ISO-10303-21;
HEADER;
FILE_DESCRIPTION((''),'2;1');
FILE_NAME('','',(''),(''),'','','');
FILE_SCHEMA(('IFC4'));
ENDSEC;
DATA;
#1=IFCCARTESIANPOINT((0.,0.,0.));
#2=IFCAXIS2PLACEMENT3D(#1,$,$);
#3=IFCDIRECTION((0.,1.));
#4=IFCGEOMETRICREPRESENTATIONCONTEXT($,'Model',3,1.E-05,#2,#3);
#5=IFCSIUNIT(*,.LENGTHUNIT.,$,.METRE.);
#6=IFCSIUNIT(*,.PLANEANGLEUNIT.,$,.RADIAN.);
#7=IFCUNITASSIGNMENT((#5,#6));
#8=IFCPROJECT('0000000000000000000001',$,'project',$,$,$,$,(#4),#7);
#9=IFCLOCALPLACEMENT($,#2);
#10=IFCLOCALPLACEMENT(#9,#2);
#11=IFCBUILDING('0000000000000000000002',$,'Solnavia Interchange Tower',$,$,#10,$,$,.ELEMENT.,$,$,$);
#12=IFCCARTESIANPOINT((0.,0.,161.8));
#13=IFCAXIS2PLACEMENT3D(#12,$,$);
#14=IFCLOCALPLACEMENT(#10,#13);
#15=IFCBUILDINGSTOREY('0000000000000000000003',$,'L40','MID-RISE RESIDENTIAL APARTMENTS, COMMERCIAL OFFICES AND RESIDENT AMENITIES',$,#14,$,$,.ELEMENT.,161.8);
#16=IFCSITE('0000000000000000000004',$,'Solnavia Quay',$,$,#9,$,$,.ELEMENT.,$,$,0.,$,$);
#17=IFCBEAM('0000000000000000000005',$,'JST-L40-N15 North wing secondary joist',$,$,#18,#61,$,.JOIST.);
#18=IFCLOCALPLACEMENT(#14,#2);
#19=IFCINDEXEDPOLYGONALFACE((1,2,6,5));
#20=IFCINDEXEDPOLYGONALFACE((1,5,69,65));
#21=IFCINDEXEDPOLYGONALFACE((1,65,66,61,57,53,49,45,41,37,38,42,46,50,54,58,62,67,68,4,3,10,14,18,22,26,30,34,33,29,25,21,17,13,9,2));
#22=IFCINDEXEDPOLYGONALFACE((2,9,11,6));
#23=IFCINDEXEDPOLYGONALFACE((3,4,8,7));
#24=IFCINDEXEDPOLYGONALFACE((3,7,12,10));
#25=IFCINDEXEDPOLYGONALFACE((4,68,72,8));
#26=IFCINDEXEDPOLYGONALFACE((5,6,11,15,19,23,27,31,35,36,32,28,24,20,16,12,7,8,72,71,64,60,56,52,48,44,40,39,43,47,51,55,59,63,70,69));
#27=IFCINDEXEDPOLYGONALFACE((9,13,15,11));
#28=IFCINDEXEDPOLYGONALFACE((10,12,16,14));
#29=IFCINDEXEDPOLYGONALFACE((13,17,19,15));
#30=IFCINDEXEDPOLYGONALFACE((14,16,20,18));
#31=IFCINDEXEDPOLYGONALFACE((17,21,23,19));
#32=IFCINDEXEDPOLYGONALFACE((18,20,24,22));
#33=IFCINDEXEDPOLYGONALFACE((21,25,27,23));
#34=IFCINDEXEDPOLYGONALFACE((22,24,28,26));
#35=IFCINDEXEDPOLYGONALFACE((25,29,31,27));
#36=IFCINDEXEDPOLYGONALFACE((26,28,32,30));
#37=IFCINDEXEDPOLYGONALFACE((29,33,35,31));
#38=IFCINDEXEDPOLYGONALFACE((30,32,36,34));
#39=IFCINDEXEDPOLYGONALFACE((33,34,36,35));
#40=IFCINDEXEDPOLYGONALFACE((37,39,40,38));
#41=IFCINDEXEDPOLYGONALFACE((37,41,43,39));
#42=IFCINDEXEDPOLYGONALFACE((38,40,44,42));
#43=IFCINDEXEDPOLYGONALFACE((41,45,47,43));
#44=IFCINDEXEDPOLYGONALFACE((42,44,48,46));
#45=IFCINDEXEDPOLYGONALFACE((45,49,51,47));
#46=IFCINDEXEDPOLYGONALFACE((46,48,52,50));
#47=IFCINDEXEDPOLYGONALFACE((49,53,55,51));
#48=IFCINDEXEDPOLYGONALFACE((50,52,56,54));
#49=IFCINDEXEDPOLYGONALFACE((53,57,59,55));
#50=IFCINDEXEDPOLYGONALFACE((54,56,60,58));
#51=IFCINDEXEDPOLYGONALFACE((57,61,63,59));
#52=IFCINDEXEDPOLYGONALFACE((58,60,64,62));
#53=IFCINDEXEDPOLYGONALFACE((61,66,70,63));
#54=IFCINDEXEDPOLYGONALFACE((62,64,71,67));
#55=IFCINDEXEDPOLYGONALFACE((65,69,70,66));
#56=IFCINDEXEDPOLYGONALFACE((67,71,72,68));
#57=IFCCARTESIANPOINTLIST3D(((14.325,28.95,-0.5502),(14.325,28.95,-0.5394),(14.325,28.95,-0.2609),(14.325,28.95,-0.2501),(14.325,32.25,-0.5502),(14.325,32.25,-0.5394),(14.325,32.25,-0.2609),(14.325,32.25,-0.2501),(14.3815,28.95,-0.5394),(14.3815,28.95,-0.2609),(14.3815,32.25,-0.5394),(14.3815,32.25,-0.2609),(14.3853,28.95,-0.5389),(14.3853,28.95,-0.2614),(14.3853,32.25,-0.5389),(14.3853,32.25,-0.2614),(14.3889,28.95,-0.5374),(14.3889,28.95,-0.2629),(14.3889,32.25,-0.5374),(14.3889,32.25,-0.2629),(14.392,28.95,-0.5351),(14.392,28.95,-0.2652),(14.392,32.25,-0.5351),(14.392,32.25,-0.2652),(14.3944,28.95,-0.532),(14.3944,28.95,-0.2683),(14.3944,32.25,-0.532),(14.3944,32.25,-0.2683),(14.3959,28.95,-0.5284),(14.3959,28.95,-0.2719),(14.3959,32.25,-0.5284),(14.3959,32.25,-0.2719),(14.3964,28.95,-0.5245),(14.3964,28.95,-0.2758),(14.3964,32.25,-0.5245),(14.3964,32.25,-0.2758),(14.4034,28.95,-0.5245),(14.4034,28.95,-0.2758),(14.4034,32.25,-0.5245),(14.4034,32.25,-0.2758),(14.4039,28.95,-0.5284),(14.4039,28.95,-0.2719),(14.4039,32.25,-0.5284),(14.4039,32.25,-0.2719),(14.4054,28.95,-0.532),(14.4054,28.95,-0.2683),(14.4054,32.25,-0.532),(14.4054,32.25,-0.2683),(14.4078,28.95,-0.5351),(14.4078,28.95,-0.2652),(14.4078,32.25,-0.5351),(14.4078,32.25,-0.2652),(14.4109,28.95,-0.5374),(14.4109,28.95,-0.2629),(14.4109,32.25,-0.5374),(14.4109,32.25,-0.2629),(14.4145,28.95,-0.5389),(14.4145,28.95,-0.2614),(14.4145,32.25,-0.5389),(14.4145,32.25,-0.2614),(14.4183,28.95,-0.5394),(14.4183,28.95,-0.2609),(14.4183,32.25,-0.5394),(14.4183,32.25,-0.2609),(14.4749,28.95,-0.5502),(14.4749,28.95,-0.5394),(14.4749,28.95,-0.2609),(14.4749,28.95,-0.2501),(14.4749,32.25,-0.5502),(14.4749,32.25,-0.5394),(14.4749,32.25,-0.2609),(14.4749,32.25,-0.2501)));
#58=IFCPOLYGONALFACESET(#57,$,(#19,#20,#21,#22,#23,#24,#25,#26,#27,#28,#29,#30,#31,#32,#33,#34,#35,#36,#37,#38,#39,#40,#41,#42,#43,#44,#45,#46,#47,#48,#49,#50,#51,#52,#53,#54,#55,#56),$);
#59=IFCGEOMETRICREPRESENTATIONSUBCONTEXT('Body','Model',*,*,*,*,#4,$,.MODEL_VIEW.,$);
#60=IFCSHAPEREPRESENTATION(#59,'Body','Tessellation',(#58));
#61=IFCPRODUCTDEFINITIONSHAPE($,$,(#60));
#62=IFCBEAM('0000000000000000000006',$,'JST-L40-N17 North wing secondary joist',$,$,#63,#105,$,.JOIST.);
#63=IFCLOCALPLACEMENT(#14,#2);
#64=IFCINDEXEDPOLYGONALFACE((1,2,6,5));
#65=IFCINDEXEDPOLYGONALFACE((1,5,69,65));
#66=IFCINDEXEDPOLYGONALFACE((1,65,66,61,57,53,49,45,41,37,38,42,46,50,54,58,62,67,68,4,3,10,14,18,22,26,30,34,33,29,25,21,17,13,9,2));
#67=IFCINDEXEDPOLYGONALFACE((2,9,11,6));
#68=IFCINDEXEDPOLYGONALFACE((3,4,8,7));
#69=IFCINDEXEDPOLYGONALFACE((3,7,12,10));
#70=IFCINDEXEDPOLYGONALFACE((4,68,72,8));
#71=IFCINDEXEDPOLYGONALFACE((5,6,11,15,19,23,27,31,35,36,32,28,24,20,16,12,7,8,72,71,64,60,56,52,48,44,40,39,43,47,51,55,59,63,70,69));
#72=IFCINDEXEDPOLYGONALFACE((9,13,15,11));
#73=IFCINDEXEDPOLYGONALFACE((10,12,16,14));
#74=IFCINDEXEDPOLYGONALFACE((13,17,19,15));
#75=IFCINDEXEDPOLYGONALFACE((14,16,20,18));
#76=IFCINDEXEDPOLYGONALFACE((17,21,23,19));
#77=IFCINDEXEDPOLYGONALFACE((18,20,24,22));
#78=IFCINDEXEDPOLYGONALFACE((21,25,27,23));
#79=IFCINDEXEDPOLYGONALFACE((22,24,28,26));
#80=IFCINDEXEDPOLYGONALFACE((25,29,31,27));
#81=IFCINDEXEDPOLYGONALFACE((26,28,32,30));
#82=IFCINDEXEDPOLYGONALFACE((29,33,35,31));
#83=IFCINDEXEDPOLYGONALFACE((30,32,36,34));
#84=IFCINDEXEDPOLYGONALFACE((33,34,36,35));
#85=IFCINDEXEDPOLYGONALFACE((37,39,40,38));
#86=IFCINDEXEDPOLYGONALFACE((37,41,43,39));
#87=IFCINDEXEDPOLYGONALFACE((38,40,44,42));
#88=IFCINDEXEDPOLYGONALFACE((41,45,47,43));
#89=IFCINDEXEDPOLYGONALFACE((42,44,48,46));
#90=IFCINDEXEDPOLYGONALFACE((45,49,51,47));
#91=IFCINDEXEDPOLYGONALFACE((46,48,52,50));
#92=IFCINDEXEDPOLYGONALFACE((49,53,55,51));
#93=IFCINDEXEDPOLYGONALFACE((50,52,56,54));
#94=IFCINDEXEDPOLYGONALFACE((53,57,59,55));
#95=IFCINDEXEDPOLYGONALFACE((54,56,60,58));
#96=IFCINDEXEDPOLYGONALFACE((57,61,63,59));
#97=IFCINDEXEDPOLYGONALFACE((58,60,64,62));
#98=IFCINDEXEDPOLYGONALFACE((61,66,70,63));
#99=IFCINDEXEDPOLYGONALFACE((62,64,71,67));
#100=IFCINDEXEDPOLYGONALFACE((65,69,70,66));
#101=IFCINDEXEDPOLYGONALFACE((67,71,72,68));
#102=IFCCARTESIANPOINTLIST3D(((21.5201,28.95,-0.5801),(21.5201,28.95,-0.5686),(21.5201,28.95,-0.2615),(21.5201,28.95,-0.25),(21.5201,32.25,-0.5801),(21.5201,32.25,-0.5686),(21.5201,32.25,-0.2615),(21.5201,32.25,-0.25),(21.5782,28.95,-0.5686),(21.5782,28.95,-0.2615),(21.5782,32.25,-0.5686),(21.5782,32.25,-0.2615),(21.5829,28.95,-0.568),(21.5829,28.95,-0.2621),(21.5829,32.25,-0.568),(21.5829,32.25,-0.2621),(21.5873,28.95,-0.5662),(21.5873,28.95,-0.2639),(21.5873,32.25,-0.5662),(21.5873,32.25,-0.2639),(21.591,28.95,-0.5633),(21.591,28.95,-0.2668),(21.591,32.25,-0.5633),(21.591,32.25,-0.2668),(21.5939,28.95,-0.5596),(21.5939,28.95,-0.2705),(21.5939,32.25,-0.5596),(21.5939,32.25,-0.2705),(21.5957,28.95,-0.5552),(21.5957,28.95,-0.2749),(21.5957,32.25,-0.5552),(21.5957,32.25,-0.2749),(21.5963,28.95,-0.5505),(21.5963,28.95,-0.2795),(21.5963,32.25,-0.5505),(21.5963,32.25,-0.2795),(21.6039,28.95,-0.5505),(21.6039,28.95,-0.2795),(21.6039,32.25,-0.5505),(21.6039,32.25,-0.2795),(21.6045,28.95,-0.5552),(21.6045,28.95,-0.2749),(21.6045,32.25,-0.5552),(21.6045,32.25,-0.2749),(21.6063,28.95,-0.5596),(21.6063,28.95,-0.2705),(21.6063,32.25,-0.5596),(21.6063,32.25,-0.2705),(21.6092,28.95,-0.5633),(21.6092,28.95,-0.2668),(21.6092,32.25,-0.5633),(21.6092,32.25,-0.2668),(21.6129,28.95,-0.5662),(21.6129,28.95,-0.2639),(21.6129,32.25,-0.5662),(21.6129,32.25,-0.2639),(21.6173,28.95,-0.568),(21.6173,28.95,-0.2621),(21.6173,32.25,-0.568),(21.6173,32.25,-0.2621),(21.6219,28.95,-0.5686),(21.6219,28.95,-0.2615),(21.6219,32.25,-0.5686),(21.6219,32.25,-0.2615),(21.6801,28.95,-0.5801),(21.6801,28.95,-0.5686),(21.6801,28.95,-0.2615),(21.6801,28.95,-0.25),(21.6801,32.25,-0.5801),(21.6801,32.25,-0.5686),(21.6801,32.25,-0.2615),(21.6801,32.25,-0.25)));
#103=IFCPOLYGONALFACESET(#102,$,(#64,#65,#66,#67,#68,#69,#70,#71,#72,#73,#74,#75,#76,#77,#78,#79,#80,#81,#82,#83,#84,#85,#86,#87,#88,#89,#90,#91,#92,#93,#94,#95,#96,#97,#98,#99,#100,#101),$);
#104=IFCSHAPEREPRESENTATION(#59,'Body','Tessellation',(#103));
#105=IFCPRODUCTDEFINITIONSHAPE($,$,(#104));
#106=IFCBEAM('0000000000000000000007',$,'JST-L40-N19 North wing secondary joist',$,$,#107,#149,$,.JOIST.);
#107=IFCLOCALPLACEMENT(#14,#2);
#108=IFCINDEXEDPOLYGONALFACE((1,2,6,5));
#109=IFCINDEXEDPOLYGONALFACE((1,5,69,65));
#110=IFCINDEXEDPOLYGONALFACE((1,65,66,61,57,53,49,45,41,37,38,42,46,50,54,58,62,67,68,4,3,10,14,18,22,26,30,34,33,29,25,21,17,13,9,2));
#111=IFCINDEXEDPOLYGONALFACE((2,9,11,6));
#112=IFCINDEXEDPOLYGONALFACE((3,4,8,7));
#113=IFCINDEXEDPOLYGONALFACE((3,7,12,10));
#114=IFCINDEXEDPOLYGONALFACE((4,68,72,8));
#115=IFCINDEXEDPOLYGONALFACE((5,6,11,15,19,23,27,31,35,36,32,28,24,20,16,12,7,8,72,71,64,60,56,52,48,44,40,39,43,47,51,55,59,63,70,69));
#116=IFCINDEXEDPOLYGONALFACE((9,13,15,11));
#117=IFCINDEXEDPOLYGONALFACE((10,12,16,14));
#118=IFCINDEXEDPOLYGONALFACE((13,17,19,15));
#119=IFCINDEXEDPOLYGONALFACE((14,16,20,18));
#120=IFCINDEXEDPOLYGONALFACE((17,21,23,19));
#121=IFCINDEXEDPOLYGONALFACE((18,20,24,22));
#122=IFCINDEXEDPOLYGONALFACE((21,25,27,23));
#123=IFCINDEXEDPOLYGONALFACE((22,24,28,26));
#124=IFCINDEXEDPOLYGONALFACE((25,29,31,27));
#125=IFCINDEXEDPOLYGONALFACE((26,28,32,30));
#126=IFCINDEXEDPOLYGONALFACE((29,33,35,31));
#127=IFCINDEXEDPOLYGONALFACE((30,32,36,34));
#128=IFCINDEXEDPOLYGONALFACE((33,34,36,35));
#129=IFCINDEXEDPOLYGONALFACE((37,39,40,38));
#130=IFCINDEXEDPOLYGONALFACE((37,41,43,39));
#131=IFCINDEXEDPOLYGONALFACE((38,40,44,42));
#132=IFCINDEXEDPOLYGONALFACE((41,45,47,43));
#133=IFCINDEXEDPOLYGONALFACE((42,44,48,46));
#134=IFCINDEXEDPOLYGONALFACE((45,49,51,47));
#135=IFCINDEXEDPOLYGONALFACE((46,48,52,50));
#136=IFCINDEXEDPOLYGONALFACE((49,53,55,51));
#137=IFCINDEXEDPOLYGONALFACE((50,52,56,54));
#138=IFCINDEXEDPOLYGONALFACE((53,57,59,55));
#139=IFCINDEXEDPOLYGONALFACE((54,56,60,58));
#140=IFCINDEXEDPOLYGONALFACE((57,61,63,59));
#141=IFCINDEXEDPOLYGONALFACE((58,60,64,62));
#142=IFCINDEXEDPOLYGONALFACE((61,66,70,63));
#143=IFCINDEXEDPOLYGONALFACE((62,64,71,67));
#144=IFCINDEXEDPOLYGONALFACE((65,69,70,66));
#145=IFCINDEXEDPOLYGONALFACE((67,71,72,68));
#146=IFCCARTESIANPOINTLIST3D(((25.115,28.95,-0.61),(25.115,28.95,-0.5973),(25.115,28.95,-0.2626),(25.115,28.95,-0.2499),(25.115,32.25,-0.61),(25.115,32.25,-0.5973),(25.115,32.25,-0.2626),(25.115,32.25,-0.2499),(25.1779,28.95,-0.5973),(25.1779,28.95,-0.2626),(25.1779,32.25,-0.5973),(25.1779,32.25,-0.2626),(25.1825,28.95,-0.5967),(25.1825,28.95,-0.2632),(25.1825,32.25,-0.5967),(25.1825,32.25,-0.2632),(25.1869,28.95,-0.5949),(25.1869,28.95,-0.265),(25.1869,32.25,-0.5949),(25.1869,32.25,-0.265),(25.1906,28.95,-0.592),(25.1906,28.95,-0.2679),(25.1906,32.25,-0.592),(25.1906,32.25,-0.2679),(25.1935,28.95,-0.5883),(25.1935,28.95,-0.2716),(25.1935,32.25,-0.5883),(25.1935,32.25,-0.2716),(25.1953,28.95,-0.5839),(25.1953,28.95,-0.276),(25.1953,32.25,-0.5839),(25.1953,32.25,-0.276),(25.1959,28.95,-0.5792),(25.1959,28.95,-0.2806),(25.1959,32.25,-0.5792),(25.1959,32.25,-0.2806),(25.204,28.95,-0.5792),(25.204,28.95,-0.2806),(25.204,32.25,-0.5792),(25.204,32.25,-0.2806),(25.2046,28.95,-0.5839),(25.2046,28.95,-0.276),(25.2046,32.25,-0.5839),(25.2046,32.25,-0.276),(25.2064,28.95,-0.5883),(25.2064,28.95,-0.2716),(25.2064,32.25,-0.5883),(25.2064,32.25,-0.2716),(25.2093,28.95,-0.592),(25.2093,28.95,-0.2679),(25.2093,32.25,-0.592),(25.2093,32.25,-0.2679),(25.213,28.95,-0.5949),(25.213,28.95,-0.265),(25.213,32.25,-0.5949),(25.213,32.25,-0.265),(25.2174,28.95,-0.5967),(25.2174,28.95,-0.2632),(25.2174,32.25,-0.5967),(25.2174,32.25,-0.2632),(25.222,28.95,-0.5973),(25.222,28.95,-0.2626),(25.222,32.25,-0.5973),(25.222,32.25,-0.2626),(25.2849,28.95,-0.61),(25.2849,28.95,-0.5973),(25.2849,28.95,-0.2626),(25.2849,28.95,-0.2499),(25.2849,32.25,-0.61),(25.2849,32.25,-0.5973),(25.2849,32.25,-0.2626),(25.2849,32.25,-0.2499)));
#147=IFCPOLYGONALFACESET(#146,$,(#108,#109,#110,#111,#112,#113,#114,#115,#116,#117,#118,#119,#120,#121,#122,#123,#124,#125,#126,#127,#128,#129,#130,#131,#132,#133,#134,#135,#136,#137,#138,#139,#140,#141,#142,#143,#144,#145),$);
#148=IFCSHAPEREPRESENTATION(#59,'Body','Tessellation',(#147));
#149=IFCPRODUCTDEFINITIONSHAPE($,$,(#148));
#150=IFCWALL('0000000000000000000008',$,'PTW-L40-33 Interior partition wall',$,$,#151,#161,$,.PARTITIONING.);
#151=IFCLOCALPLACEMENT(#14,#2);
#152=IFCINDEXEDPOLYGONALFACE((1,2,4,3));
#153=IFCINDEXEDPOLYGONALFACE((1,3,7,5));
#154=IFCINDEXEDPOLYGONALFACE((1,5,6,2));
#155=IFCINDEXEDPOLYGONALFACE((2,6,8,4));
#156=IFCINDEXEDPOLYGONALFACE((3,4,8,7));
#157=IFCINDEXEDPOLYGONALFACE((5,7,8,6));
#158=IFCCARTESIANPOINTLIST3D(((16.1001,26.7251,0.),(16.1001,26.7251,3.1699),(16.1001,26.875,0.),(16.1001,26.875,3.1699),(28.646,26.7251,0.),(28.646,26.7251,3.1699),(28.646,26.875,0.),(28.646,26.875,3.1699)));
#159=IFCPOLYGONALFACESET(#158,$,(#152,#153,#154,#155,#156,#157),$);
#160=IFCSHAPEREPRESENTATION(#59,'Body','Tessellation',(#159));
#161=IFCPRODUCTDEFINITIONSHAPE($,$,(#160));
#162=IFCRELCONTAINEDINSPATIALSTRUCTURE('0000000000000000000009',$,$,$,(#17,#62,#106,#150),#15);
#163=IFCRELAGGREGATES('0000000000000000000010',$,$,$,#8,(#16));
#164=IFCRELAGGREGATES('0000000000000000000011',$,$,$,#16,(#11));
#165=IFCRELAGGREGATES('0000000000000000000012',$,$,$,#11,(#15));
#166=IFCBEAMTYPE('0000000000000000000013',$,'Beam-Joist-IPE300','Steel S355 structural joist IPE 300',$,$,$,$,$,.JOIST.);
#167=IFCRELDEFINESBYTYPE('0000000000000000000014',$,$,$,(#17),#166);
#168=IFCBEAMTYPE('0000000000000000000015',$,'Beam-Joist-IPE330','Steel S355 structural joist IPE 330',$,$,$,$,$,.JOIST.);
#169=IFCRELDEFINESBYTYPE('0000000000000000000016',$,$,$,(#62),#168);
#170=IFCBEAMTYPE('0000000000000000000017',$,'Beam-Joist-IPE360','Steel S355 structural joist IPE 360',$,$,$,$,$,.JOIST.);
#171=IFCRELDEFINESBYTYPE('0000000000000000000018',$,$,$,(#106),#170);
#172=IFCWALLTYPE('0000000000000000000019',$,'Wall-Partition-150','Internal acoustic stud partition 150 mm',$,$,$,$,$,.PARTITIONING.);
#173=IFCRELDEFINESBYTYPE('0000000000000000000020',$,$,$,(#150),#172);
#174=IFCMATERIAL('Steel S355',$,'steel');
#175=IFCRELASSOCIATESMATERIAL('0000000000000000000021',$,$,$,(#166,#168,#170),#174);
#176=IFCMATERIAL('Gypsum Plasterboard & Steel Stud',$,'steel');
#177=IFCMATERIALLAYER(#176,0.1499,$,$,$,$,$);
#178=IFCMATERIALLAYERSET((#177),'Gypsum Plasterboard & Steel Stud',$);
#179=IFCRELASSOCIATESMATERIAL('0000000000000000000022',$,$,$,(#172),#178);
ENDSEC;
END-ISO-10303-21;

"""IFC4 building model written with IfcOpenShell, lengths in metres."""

from ifc_helpers import new_model, si_unit, direction, frame, frame_2d, origin, origin_2d, place, context, subcontext, project, spatial, rectangle, i_section, extrude, material, layer, layer_set, material_profile, profile_set, type_object, element, save


model = new_model("IFC4")

# Units and contexts
model_context = context("Model", 3, precision=1e-05, world=origin(), true_north=direction((0.0, 1.0)))
body_context = subcontext(model_context, "Body", "Model", "MODEL_VIEW")
ifc_project = project(units=[si_unit("LENGTHUNIT", "METRE"), si_unit("PLANEANGLEUNIT", "RADIAN")], contexts=[model_context])

# Site, building, storey
site_placement = place(None, origin())
site = spatial("IfcSite", under=ifc_project, at=site_placement, Name="Solnavia Quay", CompositionType="ELEMENT", RefElevation=0.0)
building_placement = place(site_placement, origin())
building = spatial("IfcBuilding", under=site, at=building_placement, Name="Solnavia Interchange Tower", CompositionType="ELEMENT")
storey_placement = place(building_placement, frame((0.0, 0.0, 161.8)))
storey = spatial("IfcBuildingStorey", under=building, at=storey_placement, Name="L40", Description="MID-RISE RESIDENTIAL APARTMENTS, COMMERCIAL OFFICES AND RESIDENT AMENITIES", CompositionType="ELEMENT", Elevation=161.8)

# Shared definitions
ifc_material_1 = material(Name="Steel S355", Category="steel")

# Beams
ifc_material_profile_1 = material_profile(ifc_material_1, i_section(OverallWidth=0.1499, OverallDepth=0.3, WebThickness=0.0071, FlangeThickness=0.0107, FilletRadius=0.0149, at=origin_2d()), Name="IPE 300")
ifc_profile_set_1 = profile_set([ifc_material_profile_1], Name="Steel S355")
beam_type_1 = type_object("IfcBeamType", Name="Beam-Joist-IPE300", Description="Steel S355 structural joist IPE 300", PredefinedType="JOIST", material=ifc_profile_set_1)
beam_1_placement = place(storey_placement, frame((14.3999, 28.95, -0.4001), z_axis=(0.0, 1.0, 0.0), x_axis=(-1.0, 0.0, 0.0)))
element("IfcBeam", 1, at=beam_1_placement, inside=storey, type_object=beam_type_1, Name="JST-L40-N15 North wing secondary joist", PredefinedType="JOIST", context=body_context, shape_type="SweptSolid", body=[
    extrude(i_section(OverallWidth=0.1499, OverallDepth=0.3, WebThickness=0.0071, FlangeThickness=0.0107, FilletRadius=0.0149, at=origin_2d()), origin(), (0.0, 0.0, 1.0), 3.3),
])
ifc_material_profile_2 = material_profile(ifc_material_1, i_section(OverallWidth=0.1599, OverallDepth=0.3301, WebThickness=0.0076, FlangeThickness=0.0115, FilletRadius=0.0181, at=origin_2d()), Name="IPE 330")
ifc_profile_set_2 = profile_set([ifc_material_profile_2], Name="Steel S355")
beam_type_2 = type_object("IfcBeamType", Name="Beam-Joist-IPE330", Description="Steel S355 structural joist IPE 330", PredefinedType="JOIST", material=ifc_profile_set_2)
beam_2_placement = place(storey_placement, frame((21.6001, 28.95, -0.415), z_axis=(0.0, 1.0, 0.0), x_axis=(-1.0, 0.0, 0.0)))
element("IfcBeam", 2, at=beam_2_placement, inside=storey, type_object=beam_type_2, Name="JST-L40-N17 North wing secondary joist", PredefinedType="JOIST", context=body_context, shape_type="SweptSolid", body=[
    extrude(i_section(OverallWidth=0.1599, OverallDepth=0.3301, WebThickness=0.0076, FlangeThickness=0.0115, FilletRadius=0.0181, at=origin_2d()), origin(), (0.0, 0.0, 1.0), 3.3),
])
ifc_material_profile_3 = material_profile(ifc_material_1, i_section(OverallWidth=0.1699, OverallDepth=0.3601, WebThickness=0.0081, FlangeThickness=0.0127, FilletRadius=0.0181, at=origin_2d()), Name="IPE 360")
ifc_profile_set_3 = profile_set([ifc_material_profile_3], Name="Steel S355")
beam_type_3 = type_object("IfcBeamType", Name="Beam-Joist-IPE360", Description="Steel S355 structural joist IPE 360", PredefinedType="JOIST", material=ifc_profile_set_3)
beam_3_placement = place(storey_placement, frame((25.2, 28.95, -0.4299), z_axis=(0.0, 1.0, 0.0), x_axis=(-1.0, 0.0, 0.0)))
element("IfcBeam", 3, at=beam_3_placement, inside=storey, type_object=beam_type_3, Name="JST-L40-N19 North wing secondary joist", PredefinedType="JOIST", context=body_context, shape_type="SweptSolid", body=[
    extrude(i_section(OverallWidth=0.1699, OverallDepth=0.3601, WebThickness=0.0081, FlangeThickness=0.0127, FilletRadius=0.0181, at=origin_2d()), origin(), (0.0, 0.0, 1.0), 3.3),
])

# Wall
ifc_material_2 = material(Name="Gypsum Plasterboard & Steel Stud", Category="steel")
ifc_layer_1 = layer(ifc_material_2, 0.1499)
ifc_layer_set_1 = layer_set([ifc_layer_1], Name="Gypsum Plasterboard & Steel Stud")
wall_type_1 = type_object("IfcWallType", Name="Wall-Partition-150", Description="Internal acoustic stud partition 150 mm", PredefinedType="PARTITIONING", material=ifc_layer_set_1)
wall_1_placement = place(storey_placement, frame((16.1001, 26.8, 0.0), z_axis=(0.0, 0.0, 1.0), x_axis=(1.0, 0.0, 0.0)))
element("IfcWall", 4, at=wall_1_placement, inside=storey, type_object=wall_type_1, Name="PTW-L40-33 Interior partition wall", PredefinedType="PARTITIONING", context=body_context, shape_type="SweptSolid", body=[
    extrude(rectangle(XDim=12.5459, YDim=0.1499, at=frame_2d((6.2729, 0.0))), origin(), (0.0, 0.0, 1.0), 3.1699),
])

save(model, "model.ifc")
